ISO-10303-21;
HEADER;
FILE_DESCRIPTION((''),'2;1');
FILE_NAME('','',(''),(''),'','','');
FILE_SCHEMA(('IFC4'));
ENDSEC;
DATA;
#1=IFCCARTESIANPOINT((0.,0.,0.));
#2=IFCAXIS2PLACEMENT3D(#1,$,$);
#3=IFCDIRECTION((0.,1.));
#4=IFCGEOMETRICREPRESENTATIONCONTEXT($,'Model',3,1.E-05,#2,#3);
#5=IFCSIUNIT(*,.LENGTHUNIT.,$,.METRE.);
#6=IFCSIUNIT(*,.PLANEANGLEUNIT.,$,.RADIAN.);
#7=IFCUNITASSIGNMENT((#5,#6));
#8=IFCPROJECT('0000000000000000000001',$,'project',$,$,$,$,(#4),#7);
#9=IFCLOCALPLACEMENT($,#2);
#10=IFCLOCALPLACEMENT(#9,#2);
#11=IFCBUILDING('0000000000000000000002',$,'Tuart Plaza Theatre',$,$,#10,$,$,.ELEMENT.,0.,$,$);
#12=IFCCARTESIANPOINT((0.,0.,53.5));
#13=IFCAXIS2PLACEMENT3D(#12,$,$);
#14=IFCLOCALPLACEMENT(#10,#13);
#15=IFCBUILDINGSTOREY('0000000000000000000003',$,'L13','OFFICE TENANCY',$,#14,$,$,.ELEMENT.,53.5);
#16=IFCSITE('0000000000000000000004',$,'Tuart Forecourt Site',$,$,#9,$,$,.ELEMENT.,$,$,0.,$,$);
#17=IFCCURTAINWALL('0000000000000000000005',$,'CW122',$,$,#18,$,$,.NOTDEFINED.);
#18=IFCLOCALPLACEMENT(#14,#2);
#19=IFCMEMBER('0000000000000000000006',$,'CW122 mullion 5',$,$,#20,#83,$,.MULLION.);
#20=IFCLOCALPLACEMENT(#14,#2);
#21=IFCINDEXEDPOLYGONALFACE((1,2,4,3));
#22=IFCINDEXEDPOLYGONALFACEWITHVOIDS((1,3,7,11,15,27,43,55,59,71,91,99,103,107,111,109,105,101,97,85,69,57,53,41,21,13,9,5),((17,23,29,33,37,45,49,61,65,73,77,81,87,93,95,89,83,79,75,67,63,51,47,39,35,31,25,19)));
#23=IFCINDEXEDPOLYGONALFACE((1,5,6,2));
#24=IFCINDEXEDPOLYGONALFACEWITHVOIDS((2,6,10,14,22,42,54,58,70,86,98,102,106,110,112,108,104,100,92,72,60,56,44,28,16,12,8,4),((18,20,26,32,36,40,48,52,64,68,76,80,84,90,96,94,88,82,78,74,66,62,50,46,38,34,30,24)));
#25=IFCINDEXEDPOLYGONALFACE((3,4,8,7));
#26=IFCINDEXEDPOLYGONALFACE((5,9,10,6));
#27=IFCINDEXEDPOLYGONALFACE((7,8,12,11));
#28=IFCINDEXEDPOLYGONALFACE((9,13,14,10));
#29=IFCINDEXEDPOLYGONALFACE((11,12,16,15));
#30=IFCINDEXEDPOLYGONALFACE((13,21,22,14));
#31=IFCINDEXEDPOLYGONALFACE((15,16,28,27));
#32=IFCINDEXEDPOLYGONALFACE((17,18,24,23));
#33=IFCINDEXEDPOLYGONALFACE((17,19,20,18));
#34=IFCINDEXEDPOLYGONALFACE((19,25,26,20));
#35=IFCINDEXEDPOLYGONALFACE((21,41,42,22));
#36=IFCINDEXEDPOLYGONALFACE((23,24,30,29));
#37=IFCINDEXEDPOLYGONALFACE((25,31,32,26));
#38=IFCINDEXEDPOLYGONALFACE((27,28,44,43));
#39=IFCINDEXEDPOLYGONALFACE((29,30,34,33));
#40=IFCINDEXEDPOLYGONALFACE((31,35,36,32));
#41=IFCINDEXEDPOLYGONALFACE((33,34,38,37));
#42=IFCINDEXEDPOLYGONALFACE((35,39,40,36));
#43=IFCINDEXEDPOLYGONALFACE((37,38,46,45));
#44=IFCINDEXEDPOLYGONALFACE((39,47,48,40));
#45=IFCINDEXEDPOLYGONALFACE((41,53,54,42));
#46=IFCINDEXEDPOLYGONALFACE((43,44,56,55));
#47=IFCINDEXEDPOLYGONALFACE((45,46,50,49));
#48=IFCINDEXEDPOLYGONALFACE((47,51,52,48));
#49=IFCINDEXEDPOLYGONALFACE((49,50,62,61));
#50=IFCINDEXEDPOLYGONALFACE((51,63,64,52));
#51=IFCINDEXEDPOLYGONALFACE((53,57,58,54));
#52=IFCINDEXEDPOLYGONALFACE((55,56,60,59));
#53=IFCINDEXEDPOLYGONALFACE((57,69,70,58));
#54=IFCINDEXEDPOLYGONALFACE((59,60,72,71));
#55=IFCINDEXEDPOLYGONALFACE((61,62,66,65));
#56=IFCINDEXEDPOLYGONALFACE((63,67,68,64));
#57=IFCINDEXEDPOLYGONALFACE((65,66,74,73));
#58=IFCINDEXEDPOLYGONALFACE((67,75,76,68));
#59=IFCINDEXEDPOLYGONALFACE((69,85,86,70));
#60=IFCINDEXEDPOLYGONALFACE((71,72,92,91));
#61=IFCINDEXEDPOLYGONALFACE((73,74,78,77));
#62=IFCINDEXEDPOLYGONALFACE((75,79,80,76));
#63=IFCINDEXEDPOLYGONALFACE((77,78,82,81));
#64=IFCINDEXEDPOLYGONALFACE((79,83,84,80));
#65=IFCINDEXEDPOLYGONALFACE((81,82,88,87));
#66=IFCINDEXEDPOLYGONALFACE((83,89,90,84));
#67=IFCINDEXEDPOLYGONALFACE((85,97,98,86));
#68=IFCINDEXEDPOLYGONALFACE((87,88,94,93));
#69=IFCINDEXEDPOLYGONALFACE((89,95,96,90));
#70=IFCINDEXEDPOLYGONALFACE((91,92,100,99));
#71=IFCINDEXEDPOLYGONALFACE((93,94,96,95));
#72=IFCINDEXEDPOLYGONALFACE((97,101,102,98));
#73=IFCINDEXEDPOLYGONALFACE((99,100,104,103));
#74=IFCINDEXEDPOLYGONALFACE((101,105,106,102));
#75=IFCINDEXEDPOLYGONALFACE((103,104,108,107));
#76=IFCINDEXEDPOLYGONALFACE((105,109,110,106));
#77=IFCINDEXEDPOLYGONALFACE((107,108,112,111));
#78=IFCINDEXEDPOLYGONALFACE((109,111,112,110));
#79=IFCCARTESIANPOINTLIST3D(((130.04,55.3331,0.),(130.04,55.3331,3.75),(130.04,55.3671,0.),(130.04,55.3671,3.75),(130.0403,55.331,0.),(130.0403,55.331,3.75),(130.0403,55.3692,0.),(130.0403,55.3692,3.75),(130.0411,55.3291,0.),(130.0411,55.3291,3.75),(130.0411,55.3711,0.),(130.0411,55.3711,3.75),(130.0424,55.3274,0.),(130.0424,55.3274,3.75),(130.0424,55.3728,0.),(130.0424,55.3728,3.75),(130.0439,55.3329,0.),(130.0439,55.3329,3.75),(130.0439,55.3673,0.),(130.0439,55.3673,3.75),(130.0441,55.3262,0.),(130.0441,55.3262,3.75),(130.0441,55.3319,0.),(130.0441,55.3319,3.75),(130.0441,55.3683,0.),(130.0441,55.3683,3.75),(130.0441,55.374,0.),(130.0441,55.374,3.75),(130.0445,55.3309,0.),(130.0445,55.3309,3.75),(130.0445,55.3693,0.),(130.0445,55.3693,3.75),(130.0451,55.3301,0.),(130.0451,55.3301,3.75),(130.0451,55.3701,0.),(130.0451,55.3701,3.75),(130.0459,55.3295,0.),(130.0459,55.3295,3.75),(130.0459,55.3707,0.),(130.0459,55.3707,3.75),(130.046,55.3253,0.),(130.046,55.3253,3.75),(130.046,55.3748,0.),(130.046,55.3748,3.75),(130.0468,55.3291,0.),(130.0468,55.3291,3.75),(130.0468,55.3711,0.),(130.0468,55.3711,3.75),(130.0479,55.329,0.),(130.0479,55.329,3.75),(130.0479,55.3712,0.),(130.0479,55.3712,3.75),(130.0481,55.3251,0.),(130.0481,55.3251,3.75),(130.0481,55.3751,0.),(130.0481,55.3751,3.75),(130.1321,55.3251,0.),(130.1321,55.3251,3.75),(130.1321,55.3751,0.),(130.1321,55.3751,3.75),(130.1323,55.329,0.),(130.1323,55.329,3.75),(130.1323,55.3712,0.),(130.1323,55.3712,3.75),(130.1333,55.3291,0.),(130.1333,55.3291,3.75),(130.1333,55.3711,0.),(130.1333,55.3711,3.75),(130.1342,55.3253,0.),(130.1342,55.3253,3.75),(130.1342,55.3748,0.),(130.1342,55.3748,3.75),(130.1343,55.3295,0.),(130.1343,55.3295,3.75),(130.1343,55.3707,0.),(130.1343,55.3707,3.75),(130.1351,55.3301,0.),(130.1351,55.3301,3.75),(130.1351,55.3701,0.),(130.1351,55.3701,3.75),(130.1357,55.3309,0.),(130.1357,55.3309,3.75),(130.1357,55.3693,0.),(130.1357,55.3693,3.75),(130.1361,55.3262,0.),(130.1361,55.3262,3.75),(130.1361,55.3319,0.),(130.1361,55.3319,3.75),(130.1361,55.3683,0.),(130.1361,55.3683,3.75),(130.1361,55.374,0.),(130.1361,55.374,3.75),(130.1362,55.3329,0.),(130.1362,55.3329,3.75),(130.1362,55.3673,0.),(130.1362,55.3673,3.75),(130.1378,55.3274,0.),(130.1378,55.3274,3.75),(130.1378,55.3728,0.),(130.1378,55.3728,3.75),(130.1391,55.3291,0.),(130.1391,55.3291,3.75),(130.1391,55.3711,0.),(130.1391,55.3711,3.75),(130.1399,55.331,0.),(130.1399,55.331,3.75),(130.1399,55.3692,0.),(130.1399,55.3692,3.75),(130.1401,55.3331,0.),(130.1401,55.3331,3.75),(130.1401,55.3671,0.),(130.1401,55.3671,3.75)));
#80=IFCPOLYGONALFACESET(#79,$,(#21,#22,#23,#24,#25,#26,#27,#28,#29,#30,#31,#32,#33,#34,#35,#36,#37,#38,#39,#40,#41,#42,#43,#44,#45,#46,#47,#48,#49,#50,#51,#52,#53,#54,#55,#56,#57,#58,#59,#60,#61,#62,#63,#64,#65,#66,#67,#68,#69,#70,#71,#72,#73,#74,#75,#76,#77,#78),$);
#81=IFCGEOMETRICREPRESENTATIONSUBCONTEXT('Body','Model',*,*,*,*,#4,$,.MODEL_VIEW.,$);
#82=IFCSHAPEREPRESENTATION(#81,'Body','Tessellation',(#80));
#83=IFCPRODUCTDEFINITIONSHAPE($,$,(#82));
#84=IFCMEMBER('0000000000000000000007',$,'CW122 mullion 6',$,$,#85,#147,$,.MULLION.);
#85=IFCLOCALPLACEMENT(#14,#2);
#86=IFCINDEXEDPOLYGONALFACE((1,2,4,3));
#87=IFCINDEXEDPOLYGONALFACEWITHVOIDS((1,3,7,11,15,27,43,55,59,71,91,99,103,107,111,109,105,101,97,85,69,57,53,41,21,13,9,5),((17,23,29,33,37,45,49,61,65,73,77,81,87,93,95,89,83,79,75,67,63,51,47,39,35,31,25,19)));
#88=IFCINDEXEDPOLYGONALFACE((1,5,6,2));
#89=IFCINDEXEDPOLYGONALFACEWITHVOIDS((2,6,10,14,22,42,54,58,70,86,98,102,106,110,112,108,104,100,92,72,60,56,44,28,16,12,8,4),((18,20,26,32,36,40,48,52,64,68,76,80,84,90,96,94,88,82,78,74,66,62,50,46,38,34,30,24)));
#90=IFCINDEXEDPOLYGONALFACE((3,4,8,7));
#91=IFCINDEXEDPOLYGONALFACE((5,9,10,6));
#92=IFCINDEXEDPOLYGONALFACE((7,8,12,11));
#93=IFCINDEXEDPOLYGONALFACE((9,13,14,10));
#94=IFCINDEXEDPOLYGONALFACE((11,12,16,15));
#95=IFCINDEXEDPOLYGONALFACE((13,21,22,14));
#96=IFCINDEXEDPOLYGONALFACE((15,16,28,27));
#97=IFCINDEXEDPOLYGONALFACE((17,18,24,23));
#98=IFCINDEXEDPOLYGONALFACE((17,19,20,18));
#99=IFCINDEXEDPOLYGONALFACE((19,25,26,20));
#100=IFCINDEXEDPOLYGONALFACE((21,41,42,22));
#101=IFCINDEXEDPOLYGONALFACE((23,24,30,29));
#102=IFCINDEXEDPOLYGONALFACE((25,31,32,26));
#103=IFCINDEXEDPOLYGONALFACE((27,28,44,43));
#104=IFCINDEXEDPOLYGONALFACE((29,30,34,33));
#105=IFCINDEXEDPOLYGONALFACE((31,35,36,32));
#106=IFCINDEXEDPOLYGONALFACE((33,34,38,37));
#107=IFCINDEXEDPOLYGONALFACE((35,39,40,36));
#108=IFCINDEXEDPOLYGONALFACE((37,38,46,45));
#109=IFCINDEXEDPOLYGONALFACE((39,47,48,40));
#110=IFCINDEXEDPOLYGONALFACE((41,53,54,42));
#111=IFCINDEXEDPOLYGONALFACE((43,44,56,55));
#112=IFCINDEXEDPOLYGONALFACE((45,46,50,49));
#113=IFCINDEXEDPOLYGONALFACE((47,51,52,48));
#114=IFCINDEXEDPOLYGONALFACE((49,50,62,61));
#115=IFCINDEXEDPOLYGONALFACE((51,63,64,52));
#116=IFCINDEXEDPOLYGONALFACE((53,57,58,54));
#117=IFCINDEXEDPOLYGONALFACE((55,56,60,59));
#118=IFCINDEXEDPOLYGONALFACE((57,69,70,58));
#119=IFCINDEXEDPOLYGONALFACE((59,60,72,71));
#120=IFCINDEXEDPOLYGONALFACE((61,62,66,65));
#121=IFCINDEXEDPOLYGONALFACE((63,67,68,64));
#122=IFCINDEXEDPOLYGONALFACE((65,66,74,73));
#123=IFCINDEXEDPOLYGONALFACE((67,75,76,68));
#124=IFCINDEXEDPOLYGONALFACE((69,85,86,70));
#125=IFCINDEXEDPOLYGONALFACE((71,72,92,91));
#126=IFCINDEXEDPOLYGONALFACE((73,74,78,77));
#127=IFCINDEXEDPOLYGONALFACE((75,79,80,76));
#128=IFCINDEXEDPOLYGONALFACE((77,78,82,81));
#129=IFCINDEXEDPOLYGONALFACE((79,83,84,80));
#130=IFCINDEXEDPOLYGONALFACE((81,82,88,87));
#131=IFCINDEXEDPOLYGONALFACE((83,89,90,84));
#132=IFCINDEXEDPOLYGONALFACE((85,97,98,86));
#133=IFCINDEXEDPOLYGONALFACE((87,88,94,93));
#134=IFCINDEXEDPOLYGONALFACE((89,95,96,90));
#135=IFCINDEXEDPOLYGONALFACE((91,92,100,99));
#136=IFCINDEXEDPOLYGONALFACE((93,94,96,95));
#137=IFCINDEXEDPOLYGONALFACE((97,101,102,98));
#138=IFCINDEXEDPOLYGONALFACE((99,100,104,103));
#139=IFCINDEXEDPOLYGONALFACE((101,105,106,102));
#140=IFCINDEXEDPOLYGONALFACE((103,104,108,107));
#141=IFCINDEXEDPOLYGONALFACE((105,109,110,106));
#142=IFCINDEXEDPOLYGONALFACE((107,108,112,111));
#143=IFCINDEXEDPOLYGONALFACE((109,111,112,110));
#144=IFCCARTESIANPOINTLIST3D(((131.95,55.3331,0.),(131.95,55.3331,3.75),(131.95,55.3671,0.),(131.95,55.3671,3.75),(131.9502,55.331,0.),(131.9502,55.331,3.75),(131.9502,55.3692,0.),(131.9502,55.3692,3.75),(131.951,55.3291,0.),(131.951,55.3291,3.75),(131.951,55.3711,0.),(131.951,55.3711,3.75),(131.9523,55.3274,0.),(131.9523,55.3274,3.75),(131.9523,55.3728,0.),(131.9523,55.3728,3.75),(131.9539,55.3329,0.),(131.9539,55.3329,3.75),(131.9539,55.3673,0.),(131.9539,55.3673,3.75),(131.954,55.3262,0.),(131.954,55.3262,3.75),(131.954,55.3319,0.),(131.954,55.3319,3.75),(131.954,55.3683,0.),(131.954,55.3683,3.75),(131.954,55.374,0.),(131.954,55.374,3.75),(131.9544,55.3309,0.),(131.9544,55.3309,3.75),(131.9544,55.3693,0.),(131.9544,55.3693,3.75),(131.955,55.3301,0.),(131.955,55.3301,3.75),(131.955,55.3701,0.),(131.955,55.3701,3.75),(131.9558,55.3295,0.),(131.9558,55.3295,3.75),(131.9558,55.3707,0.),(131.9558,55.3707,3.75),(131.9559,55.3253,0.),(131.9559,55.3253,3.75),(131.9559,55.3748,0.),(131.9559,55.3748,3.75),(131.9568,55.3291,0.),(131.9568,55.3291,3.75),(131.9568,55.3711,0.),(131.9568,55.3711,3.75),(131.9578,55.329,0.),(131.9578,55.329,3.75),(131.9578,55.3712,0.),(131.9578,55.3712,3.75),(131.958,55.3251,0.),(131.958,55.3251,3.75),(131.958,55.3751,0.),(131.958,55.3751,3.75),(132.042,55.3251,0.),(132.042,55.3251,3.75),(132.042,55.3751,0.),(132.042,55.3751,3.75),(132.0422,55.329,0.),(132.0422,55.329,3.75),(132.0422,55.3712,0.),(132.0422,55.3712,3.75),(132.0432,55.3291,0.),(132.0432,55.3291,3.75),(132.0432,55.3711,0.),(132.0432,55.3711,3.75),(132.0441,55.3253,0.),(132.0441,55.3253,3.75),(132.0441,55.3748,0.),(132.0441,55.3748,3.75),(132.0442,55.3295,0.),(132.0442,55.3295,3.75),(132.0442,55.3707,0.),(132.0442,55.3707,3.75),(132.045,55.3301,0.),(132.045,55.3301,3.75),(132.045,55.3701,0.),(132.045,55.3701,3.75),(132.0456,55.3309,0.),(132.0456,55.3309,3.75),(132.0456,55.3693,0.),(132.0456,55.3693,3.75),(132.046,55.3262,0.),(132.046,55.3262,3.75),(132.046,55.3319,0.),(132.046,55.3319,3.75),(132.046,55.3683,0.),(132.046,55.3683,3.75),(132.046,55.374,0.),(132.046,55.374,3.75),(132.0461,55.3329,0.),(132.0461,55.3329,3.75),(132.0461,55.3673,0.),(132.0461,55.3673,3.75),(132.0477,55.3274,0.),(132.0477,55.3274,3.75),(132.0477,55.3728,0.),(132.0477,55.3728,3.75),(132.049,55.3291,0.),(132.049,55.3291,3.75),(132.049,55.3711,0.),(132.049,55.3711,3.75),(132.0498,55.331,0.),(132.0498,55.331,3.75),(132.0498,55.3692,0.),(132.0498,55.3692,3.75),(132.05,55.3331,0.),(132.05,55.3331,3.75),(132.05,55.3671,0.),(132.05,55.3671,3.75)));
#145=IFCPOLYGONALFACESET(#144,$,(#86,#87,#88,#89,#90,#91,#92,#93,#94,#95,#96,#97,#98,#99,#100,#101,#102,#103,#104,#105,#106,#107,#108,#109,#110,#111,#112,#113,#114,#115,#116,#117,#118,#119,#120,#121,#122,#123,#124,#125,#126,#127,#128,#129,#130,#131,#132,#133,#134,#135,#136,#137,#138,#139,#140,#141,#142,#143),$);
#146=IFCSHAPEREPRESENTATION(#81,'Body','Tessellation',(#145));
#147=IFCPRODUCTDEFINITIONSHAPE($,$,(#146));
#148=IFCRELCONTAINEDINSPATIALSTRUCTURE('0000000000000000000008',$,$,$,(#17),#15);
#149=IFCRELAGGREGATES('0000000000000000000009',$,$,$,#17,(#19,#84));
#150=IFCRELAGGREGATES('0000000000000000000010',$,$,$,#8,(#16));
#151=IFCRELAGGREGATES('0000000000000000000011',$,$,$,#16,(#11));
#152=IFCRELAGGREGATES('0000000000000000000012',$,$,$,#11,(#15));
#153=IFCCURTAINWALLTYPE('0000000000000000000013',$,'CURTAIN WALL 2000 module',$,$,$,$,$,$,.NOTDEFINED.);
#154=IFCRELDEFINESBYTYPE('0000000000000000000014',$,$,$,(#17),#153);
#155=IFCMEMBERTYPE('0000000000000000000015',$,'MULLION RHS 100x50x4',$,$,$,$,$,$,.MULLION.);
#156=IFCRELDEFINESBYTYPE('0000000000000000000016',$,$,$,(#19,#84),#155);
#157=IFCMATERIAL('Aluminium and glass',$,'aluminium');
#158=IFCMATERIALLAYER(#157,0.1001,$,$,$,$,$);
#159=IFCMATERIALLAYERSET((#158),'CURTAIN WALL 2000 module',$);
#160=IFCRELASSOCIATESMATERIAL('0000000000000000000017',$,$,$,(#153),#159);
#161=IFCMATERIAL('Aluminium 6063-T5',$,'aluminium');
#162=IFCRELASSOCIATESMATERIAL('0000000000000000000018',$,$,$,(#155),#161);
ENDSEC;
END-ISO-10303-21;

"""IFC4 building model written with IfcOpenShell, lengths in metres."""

from ifc_helpers import new_model, si_unit, direction, frame, origin, origin_2d, place, context, subcontext, project, spatial, hollow_rectangle, extrude, material, layer, layer_set, material_profile, profile_set, type_object, element, aggregate, save


model = new_model("IFC4")

# Units and contexts
model_context = context("Model", 3, precision=1e-05, world=origin(), true_north=direction((0.0, 1.0)))
body_context = subcontext(model_context, "Body", "Model", "MODEL_VIEW")
ifc_project = project(units=[si_unit("LENGTHUNIT", "METRE"), si_unit("PLANEANGLEUNIT", "RADIAN")], contexts=[model_context])

# Site, building, storey
site_placement = place(None, origin())
site = spatial("IfcSite", under=ifc_project, at=site_placement, Name="Tuart Forecourt Site", CompositionType="ELEMENT", RefElevation=0.0)
building_placement = place(site_placement, origin())
building = spatial("IfcBuilding", under=site, at=building_placement, Name="Tuart Plaza Theatre", CompositionType="ELEMENT", ElevationOfRefHeight=0.0)
storey_placement = place(building_placement, frame((0.0, 0.0, 53.5)))
storey = spatial("IfcBuildingStorey", under=building, at=storey_placement, Name="L13", Description="OFFICE TENANCY", CompositionType="ELEMENT", Elevation=53.5)

# Curtain wall, members
ifc_material_1 = material(Name="Aluminium and glass", Category="aluminium")
ifc_layer_1 = layer(ifc_material_1, 0.1001)
ifc_layer_set_1 = layer_set([ifc_layer_1], Name="CURTAIN WALL 2000 module")
curtain_wall_type = type_object("IfcCurtainWallType", Name="CURTAIN WALL 2000 module", PredefinedType="NOTDEFINED", material=ifc_layer_set_1)
curtain_wall_placement = place(storey_placement, origin())
curtain_wall = element("IfcCurtainWall", 1, at=curtain_wall_placement, inside=storey, type_object=curtain_wall_type, Name="CW122", PredefinedType="NOTDEFINED")
ifc_material_2 = material(Name="Aluminium 6063-T5", Category="aluminium")
ifc_material_profile_1 = material_profile(ifc_material_2, hollow_rectangle(XDim=0.05, YDim=0.1001, WallThickness=0.0039, InnerFilletRadius=0.0039, OuterFilletRadius=0.0081, at=origin_2d()), Name="RHS 100x50x4")
ifc_profile_set_1 = profile_set([ifc_material_profile_1], Name="Aluminium 6063-T5")
member_type_1 = type_object("IfcMemberType", Name="MULLION RHS 100x50x4", PredefinedType="MULLION", material=ifc_profile_set_1)
member_1_placement = place(storey_placement, frame((130.0901, 55.3501, 0.0), z_axis=(0.0, 0.0, 1.0), x_axis=(0.0, 1.0, 0.0)))
member_1 = element("IfcMember", 2, at=member_1_placement, type_object=member_type_1, Name="CW122 mullion 5", PredefinedType="MULLION", context=body_context, shape_type="SweptSolid", body=[
    extrude(hollow_rectangle(XDim=0.05, YDim=0.1001, WallThickness=0.0039, InnerFilletRadius=0.0039, OuterFilletRadius=0.0081, at=origin_2d()), origin(), (0.0, 0.0, 1.0), 3.75),
])
member_2_placement = place(storey_placement, frame((132.0, 55.3501, 0.0), z_axis=(0.0, 0.0, 1.0), x_axis=(0.0, 1.0, 0.0)))
member_2 = element("IfcMember", 3, at=member_2_placement, type_object=member_type_1, Name="CW122 mullion 6", PredefinedType="MULLION", context=body_context, shape_type="SweptSolid", body=[
    extrude(hollow_rectangle(XDim=0.05, YDim=0.1001, WallThickness=0.0039, InnerFilletRadius=0.0039, OuterFilletRadius=0.0081, at=origin_2d()), origin(), (0.0, 0.0, 1.0), 3.75),
])
aggregate(curtain_wall, [member_1, member_2])

save(model, "model.ifc")
